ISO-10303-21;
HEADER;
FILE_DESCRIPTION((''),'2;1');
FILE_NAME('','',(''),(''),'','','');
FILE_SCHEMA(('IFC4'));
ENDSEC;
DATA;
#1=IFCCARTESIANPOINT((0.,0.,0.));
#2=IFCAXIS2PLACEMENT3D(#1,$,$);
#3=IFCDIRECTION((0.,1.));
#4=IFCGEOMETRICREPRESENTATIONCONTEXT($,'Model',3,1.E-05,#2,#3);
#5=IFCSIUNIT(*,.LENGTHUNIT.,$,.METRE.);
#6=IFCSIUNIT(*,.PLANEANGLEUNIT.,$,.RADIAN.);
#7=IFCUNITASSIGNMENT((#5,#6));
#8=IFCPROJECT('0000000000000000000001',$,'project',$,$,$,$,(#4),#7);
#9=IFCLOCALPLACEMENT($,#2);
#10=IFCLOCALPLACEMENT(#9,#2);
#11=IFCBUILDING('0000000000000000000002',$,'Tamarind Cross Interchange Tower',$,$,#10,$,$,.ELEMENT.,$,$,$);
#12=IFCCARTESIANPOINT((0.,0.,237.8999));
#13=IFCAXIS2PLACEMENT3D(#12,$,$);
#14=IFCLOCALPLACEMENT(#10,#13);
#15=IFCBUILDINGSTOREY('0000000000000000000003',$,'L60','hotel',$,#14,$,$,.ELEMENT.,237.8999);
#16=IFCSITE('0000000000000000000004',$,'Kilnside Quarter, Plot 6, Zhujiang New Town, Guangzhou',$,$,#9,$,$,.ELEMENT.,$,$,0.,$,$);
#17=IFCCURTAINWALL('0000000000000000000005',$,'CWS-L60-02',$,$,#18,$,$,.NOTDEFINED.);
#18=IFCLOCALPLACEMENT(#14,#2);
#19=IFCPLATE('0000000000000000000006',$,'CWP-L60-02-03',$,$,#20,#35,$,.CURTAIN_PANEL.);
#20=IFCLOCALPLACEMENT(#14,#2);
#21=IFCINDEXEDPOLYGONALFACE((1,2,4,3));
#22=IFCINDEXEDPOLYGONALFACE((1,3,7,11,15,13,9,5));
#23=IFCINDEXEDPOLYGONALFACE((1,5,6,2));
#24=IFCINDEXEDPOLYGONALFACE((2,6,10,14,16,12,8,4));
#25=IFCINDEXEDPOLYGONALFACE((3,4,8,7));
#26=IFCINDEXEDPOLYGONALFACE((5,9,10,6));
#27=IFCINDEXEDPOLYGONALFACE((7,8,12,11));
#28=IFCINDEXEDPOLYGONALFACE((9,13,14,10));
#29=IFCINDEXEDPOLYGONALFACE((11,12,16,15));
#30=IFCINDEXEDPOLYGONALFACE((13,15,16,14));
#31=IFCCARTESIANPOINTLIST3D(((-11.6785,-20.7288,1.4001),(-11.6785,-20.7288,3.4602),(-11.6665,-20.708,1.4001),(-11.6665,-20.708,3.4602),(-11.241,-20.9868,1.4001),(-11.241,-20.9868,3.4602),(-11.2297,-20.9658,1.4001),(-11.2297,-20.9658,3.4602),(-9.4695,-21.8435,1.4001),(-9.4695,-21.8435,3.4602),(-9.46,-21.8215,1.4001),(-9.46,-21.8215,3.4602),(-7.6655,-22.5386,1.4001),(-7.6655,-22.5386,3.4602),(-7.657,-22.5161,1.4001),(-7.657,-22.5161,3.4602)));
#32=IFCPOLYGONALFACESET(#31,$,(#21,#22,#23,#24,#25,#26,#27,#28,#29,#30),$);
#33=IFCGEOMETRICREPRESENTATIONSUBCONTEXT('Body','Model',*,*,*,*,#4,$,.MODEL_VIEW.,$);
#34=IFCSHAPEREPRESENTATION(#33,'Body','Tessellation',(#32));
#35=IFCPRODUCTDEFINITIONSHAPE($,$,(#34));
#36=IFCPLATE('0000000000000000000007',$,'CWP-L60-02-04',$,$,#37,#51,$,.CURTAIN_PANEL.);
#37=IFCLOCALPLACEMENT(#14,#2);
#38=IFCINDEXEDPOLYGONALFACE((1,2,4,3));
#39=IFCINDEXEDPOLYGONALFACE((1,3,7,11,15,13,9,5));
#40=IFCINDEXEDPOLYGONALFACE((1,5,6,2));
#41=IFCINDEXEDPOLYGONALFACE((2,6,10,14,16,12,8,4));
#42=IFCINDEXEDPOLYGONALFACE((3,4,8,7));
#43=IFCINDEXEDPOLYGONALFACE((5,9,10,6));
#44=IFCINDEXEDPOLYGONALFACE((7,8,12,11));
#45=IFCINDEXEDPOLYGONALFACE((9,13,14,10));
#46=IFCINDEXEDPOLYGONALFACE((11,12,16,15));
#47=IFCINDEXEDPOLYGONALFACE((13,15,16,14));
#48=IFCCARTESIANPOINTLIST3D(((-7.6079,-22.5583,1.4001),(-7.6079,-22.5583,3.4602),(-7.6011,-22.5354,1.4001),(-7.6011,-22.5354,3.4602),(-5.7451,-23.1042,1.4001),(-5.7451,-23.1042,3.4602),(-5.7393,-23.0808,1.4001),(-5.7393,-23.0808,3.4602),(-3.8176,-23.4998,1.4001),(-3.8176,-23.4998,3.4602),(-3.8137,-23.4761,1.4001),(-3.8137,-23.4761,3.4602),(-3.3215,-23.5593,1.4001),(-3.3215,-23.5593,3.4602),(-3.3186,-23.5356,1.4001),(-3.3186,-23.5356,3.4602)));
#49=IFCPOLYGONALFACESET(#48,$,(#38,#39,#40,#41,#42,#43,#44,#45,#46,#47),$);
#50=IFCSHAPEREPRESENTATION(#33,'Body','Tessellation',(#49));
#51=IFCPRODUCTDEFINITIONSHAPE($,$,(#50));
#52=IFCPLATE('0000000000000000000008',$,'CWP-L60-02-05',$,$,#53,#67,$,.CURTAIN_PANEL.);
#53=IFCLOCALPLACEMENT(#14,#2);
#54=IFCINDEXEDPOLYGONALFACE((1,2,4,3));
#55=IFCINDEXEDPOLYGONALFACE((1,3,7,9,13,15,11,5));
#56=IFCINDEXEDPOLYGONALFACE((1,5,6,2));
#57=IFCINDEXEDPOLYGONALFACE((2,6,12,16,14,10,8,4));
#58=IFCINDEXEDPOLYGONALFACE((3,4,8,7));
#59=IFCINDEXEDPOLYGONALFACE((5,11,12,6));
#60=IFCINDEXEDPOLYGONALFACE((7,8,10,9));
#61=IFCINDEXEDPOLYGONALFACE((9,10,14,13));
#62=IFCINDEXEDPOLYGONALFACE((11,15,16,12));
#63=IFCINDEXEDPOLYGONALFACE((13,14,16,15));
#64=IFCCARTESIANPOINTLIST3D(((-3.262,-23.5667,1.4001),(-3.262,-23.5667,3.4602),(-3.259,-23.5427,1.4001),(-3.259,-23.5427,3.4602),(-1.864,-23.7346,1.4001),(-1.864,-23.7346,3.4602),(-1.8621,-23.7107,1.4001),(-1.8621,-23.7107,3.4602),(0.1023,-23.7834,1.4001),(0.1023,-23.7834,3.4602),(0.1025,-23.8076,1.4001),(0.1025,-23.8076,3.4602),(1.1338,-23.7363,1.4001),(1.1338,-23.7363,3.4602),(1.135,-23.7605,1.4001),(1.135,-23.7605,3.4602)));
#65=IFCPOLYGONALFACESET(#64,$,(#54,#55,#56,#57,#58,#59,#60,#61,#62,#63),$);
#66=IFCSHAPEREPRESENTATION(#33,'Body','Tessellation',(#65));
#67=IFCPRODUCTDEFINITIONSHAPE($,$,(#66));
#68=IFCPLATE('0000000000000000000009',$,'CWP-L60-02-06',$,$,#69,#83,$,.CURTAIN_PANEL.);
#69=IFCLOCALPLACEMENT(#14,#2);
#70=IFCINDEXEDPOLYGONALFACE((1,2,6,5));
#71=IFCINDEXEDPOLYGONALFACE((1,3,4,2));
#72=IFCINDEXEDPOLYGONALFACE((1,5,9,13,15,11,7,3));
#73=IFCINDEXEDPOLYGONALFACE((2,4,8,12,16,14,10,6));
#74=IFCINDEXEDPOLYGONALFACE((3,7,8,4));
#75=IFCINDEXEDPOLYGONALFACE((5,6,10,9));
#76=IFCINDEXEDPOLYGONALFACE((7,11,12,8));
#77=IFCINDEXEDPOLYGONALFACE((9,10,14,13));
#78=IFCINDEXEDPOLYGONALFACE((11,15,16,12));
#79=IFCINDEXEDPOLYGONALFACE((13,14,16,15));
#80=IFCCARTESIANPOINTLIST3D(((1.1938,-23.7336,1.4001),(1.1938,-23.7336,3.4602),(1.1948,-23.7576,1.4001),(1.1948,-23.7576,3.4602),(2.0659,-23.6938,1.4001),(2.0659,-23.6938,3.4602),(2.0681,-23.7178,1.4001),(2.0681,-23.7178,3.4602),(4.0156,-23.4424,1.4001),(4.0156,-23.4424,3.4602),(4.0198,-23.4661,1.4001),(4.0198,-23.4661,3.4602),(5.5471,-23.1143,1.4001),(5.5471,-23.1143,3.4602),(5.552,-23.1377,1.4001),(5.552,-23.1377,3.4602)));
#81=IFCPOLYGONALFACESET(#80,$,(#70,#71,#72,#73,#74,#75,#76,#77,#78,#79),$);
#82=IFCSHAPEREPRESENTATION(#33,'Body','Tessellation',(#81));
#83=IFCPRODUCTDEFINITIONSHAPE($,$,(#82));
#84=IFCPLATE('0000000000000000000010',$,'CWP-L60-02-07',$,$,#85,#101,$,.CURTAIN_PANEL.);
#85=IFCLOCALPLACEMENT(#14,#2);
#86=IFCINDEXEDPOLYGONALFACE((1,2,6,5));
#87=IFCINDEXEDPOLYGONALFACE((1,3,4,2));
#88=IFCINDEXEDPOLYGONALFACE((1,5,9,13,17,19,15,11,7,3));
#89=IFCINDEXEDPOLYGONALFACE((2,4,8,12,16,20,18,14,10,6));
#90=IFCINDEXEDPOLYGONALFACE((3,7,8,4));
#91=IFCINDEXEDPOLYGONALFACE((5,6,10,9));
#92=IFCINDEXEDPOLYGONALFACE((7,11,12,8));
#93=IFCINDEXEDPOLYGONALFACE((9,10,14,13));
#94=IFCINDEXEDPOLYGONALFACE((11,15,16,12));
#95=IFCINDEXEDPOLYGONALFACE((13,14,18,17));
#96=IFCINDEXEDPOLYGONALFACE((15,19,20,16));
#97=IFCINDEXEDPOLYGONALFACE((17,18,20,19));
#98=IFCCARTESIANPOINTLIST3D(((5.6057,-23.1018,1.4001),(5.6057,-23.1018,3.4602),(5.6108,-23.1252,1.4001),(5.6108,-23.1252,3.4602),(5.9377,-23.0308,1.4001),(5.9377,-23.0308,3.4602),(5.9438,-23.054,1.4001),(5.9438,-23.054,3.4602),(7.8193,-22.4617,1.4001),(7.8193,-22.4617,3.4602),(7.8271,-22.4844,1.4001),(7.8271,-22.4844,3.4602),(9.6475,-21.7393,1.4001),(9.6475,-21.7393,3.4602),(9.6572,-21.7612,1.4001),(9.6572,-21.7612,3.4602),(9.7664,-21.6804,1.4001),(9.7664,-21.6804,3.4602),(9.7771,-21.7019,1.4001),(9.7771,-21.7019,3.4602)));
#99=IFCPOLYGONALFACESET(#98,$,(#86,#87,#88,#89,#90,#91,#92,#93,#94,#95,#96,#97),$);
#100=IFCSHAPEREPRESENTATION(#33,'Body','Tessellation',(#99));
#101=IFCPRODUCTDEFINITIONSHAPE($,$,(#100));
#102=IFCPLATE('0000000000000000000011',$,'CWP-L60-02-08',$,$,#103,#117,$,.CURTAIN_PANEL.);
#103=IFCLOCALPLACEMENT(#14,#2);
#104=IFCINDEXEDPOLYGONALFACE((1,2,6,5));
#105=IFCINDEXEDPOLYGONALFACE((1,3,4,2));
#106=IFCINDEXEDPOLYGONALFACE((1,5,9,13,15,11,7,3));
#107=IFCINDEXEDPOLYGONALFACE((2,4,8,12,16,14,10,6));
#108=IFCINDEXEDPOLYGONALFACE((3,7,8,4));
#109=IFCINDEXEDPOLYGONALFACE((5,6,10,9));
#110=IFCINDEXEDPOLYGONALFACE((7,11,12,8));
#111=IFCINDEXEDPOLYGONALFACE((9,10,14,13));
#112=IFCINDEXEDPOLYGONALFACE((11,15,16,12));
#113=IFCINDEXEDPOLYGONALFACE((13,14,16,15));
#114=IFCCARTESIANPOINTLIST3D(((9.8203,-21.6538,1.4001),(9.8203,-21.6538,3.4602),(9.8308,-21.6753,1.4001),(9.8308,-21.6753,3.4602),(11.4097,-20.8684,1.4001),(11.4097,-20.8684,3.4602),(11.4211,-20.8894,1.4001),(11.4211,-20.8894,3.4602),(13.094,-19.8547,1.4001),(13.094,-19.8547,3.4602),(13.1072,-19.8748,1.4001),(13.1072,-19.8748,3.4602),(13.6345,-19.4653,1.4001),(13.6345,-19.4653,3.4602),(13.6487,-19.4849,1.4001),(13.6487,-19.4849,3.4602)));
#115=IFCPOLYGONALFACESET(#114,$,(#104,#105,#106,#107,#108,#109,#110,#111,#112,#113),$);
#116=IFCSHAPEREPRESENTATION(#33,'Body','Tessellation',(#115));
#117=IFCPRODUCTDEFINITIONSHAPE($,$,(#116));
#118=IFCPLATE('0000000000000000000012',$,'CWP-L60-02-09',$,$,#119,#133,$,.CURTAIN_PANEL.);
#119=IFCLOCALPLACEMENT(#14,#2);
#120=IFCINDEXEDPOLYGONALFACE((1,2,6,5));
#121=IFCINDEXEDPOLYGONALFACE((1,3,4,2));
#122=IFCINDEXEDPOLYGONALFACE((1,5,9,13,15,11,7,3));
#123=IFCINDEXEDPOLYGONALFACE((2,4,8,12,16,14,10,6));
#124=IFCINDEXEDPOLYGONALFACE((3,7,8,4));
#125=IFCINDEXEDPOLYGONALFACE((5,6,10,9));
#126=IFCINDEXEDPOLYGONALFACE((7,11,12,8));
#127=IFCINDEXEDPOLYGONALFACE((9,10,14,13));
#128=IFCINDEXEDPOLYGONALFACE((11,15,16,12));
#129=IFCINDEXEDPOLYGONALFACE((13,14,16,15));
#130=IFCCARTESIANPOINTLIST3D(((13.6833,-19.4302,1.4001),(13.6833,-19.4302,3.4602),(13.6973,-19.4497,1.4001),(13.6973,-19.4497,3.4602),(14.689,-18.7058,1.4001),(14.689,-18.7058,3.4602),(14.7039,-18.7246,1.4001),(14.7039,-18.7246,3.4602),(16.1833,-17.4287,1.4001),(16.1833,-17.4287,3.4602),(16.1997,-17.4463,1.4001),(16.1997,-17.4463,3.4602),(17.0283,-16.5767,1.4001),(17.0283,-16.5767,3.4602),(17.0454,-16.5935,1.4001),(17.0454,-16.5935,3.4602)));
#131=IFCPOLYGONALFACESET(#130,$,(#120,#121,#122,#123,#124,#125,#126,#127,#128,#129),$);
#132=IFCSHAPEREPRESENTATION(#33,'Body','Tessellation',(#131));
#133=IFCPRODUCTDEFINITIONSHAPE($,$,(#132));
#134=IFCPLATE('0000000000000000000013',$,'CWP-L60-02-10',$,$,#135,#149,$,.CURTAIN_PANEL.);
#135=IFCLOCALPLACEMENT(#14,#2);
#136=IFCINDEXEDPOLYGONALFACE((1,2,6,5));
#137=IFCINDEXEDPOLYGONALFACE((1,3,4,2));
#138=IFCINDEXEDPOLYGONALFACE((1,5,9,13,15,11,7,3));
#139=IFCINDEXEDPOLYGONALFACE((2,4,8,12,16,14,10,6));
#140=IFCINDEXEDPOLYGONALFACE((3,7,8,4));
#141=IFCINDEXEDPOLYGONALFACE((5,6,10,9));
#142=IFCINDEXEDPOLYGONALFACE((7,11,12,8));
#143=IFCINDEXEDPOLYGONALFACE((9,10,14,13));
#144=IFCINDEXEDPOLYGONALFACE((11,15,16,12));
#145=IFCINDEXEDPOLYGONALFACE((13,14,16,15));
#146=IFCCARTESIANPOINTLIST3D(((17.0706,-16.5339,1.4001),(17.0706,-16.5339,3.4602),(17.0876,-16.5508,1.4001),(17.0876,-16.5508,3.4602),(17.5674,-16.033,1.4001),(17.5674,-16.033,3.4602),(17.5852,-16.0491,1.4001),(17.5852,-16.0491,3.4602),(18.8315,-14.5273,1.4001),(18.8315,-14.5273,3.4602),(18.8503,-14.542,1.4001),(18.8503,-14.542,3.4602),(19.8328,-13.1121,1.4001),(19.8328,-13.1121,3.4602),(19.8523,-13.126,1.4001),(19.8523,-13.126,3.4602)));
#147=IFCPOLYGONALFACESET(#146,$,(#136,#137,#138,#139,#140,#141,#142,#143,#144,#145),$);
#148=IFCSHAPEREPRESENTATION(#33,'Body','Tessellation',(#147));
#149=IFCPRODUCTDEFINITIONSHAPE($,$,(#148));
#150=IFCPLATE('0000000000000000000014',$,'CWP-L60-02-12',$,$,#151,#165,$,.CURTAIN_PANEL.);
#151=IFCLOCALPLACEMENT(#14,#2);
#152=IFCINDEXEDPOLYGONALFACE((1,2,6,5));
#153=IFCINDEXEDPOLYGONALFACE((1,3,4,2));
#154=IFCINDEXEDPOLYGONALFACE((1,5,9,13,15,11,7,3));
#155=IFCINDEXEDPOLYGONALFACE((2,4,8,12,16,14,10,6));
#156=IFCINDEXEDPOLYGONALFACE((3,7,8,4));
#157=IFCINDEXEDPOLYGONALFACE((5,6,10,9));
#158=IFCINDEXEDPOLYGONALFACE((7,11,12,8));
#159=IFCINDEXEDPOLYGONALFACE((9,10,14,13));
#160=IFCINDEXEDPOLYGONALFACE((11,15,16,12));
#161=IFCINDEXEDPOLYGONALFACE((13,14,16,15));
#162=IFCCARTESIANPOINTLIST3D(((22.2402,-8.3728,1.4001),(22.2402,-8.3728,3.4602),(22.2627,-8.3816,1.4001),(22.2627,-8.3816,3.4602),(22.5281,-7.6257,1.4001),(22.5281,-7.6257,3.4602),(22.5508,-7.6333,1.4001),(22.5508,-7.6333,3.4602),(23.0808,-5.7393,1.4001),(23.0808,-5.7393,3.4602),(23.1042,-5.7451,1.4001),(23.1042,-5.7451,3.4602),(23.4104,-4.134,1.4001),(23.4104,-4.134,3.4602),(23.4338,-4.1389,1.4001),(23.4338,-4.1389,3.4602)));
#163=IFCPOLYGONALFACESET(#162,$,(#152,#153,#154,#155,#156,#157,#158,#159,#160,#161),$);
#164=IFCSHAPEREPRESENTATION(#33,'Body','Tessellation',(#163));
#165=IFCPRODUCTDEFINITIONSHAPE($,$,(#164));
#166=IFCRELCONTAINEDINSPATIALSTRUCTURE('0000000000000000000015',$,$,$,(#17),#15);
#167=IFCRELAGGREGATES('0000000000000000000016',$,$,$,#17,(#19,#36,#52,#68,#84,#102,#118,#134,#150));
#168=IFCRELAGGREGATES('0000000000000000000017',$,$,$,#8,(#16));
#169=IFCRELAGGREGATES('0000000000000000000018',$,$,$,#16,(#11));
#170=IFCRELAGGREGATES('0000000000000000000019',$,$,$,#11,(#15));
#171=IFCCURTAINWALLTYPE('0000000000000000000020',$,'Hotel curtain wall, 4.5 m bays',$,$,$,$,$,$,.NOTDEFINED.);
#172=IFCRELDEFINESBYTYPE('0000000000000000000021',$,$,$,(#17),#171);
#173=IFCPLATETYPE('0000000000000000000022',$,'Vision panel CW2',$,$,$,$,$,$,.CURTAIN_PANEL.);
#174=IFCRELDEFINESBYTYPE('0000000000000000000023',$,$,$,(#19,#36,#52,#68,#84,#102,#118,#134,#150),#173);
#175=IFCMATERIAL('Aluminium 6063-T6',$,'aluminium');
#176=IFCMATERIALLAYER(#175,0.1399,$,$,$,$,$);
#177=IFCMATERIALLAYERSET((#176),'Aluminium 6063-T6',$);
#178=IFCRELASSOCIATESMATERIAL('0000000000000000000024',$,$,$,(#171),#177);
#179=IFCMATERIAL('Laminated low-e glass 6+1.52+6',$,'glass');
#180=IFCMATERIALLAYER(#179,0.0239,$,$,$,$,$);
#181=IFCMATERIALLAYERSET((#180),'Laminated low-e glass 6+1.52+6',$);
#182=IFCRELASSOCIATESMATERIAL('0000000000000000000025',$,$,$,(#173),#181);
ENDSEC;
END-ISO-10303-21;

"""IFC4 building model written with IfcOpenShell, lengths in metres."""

from ifc_helpers import new_model, si_unit, direction, frame, origin, place, context, subcontext, project, spatial, polyline, outline, extrude, material, layer, layer_set, type_object, element, aggregate, save


model = new_model("IFC4")

# Units and contexts
model_context = context("Model", 3, precision=1e-05, world=origin(), true_north=direction((0.0, 1.0)))
body_context = subcontext(model_context, "Body", "Model", "MODEL_VIEW")
ifc_project = project(units=[si_unit("LENGTHUNIT", "METRE"), si_unit("PLANEANGLEUNIT", "RADIAN")], contexts=[model_context])

# Site, building, storey
site_placement = place(None, origin())
site = spatial("IfcSite", under=ifc_project, at=site_placement, Name="Kilnside Quarter, Plot 6, Zhujiang New Town, Guangzhou", CompositionType="ELEMENT", RefElevation=0.0)
building_placement = place(site_placement, origin())
building = spatial("IfcBuilding", under=site, at=building_placement, Name="Tamarind Cross Interchange Tower", CompositionType="ELEMENT")
storey_placement = place(building_placement, frame((0.0, 0.0, 237.8999)))
storey = spatial("IfcBuildingStorey", under=building, at=storey_placement, Name="L60", Description="hotel", CompositionType="ELEMENT", Elevation=237.8999)

# Shared definitions
ifc_material_1 = material(Name="Aluminium 6063-T6", Category="aluminium")
ifc_layer_1 = layer(ifc_material_1, 0.1399)
ifc_layer_set_1 = layer_set([ifc_layer_1], Name="Aluminium 6063-T6")
curtain_wall_type = type_object("IfcCurtainWallType", Name="Hotel curtain wall, 4.5 m bays", PredefinedType="NOTDEFINED", material=ifc_layer_set_1)

# Shared definitions
ifc_material_2 = material(Name="Laminated low-e glass 6+1.52+6", Category="glass")
ifc_layer_2 = layer(ifc_material_2, 0.0239)
ifc_layer_set_2 = layer_set([ifc_layer_2], Name="Laminated low-e glass 6+1.52+6")
plate_type = type_object("IfcPlateType", Name="Vision panel CW2", PredefinedType="CURTAIN_PANEL", material=ifc_layer_set_2)

# Curtain wall, plates
curtain_wall_1_placement = place(storey_placement, origin())
curtain_wall_1 = element("IfcCurtainWall", 1, at=curtain_wall_1_placement, inside=storey, type_object=curtain_wall_type, Name="CWS-L60-02", PredefinedType="NOTDEFINED")
plate_1_placement = place(storey_placement, frame((0.0, 0.0, 1.4001)))
plate_1 = element("IfcPlate", 2, at=plate_1_placement, type_object=plate_type, Name="CWP-L60-02-03", PredefinedType="CURTAIN_PANEL", context=body_context, shape_type="SweptSolid", body=[
    extrude(outline(polyline([(-11.6665, -20.708), (-11.2297, -20.9658), (-9.46, -21.8215), (-7.657, -22.5161), (-7.6655, -22.5386), (-9.4695, -21.8435), (-11.241, -20.9868), (-11.6785, -20.7288), (-11.6665, -20.708)])), origin(), (0.0, 0.0, 1.0), 2.0601),
])
plate_2_placement = place(storey_placement, frame((0.0, 0.0, 1.4001)))
plate_2 = element("IfcPlate", 3, at=plate_2_placement, type_object=plate_type, Name="CWP-L60-02-04", PredefinedType="CURTAIN_PANEL", context=body_context, shape_type="SweptSolid", body=[
    extrude(outline(polyline([(-7.6011, -22.5354), (-5.7393, -23.0808), (-3.8137, -23.4761), (-3.3186, -23.5356), (-3.3215, -23.5593), (-3.8176, -23.4998), (-5.7451, -23.1042), (-7.6079, -22.5583), (-7.6011, -22.5354)])), origin(), (0.0, 0.0, 1.0), 2.0601),
])
plate_3_placement = place(storey_placement, frame((0.0, 0.0, 1.4001)))
plate_3 = element("IfcPlate", 4, at=plate_3_placement, type_object=plate_type, Name="CWP-L60-02-05", PredefinedType="CURTAIN_PANEL", context=body_context, shape_type="SweptSolid", body=[
    extrude(outline(polyline([(-3.259, -23.5427), (-1.8621, -23.7107), (0.1023, -23.7834), (1.1338, -23.7363), (1.135, -23.7605), (0.1025, -23.8076), (-1.864, -23.7346), (-3.262, -23.5667), (-3.259, -23.5427)])), origin(), (0.0, 0.0, 1.0), 2.0601),
])
plate_4_placement = place(storey_placement, frame((0.0, 0.0, 1.4001)))
plate_4 = element("IfcPlate", 5, at=plate_4_placement, type_object=plate_type, Name="CWP-L60-02-06", PredefinedType="CURTAIN_PANEL", context=body_context, shape_type="SweptSolid", body=[
    extrude(outline(polyline([(1.1938, -23.7336), (2.0659, -23.6938), (4.0156, -23.4424), (5.5471, -23.1143), (5.552, -23.1377), (4.0198, -23.4661), (2.0681, -23.7178), (1.1948, -23.7576), (1.1938, -23.7336)])), origin(), (0.0, 0.0, 1.0), 2.0601),
])
plate_5_placement = place(storey_placement, frame((0.0, 0.0, 1.4001)))
plate_5 = element("IfcPlate", 6, at=plate_5_placement, type_object=plate_type, Name="CWP-L60-02-07", PredefinedType="CURTAIN_PANEL", context=body_context, shape_type="SweptSolid", body=[
    extrude(outline(polyline([(5.6057, -23.1018), (5.9377, -23.0308), (7.8193, -22.4617), (9.6475, -21.7393), (9.7664, -21.6804), (9.7771, -21.7019), (9.6572, -21.7612), (7.8271, -22.4844), (5.9438, -23.054), (5.6108, -23.1252), (5.6057, -23.1018)])), origin(), (0.0, 0.0, 1.0), 2.0601),
])
plate_6_placement = place(storey_placement, frame((0.0, 0.0, 1.4001)))
plate_6 = element("IfcPlate", 7, at=plate_6_placement, type_object=plate_type, Name="CWP-L60-02-08", PredefinedType="CURTAIN_PANEL", context=body_context, shape_type="SweptSolid", body=[
    extrude(outline(polyline([(9.8203, -21.6538), (11.4097, -20.8684), (13.094, -19.8547), (13.6345, -19.4653), (13.6487, -19.4849), (13.1072, -19.8748), (11.4211, -20.8894), (9.8308, -21.6753), (9.8203, -21.6538)])), origin(), (0.0, 0.0, 1.0), 2.0601),
])
plate_7_placement = place(storey_placement, frame((0.0, 0.0, 1.4001)))
plate_7 = element("IfcPlate", 8, at=plate_7_placement, type_object=plate_type, Name="CWP-L60-02-09", PredefinedType="CURTAIN_PANEL", context=body_context, shape_type="SweptSolid", body=[
    extrude(outline(polyline([(13.6833, -19.4302), (14.689, -18.7058), (16.1833, -17.4287), (17.0283, -16.5767), (17.0454, -16.5935), (16.1997, -17.4463), (14.7039, -18.7246), (13.6973, -19.4497), (13.6833, -19.4302)])), origin(), (0.0, 0.0, 1.0), 2.0601),
])
plate_8_placement = place(storey_placement, frame((0.0, 0.0, 1.4001)))
plate_8 = element("IfcPlate", 9, at=plate_8_placement, type_object=plate_type, Name="CWP-L60-02-10", PredefinedType="CURTAIN_PANEL", context=body_context, shape_type="SweptSolid", body=[
    extrude(outline(polyline([(17.0706, -16.5339), (17.5674, -16.033), (18.8315, -14.5273), (19.8328, -13.1121), (19.8523, -13.126), (18.8503, -14.542), (17.5852, -16.0491), (17.0876, -16.5508), (17.0706, -16.5339)])), origin(), (0.0, 0.0, 1.0), 2.0601),
])
plate_9_placement = place(storey_placement, frame((0.0, 0.0, 1.4001)))
plate_9 = element("IfcPlate", 10, at=plate_9_placement, type_object=plate_type, Name="CWP-L60-02-12", PredefinedType="CURTAIN_PANEL", context=body_context, shape_type="SweptSolid", body=[
    extrude(outline(polyline([(22.2402, -8.3728), (22.5281, -7.6257), (23.0808, -5.7393), (23.4104, -4.134), (23.4338, -4.1389), (23.1042, -5.7451), (22.5508, -7.6333), (22.2627, -8.3816), (22.2402, -8.3728)])), origin(), (0.0, 0.0, 1.0), 2.0601),
])
aggregate(curtain_wall_1, [plate_1, plate_2, plate_3, plate_4, plate_5, plate_6, plate_7, plate_8, plate_9])

save(model, "model.ifc")
